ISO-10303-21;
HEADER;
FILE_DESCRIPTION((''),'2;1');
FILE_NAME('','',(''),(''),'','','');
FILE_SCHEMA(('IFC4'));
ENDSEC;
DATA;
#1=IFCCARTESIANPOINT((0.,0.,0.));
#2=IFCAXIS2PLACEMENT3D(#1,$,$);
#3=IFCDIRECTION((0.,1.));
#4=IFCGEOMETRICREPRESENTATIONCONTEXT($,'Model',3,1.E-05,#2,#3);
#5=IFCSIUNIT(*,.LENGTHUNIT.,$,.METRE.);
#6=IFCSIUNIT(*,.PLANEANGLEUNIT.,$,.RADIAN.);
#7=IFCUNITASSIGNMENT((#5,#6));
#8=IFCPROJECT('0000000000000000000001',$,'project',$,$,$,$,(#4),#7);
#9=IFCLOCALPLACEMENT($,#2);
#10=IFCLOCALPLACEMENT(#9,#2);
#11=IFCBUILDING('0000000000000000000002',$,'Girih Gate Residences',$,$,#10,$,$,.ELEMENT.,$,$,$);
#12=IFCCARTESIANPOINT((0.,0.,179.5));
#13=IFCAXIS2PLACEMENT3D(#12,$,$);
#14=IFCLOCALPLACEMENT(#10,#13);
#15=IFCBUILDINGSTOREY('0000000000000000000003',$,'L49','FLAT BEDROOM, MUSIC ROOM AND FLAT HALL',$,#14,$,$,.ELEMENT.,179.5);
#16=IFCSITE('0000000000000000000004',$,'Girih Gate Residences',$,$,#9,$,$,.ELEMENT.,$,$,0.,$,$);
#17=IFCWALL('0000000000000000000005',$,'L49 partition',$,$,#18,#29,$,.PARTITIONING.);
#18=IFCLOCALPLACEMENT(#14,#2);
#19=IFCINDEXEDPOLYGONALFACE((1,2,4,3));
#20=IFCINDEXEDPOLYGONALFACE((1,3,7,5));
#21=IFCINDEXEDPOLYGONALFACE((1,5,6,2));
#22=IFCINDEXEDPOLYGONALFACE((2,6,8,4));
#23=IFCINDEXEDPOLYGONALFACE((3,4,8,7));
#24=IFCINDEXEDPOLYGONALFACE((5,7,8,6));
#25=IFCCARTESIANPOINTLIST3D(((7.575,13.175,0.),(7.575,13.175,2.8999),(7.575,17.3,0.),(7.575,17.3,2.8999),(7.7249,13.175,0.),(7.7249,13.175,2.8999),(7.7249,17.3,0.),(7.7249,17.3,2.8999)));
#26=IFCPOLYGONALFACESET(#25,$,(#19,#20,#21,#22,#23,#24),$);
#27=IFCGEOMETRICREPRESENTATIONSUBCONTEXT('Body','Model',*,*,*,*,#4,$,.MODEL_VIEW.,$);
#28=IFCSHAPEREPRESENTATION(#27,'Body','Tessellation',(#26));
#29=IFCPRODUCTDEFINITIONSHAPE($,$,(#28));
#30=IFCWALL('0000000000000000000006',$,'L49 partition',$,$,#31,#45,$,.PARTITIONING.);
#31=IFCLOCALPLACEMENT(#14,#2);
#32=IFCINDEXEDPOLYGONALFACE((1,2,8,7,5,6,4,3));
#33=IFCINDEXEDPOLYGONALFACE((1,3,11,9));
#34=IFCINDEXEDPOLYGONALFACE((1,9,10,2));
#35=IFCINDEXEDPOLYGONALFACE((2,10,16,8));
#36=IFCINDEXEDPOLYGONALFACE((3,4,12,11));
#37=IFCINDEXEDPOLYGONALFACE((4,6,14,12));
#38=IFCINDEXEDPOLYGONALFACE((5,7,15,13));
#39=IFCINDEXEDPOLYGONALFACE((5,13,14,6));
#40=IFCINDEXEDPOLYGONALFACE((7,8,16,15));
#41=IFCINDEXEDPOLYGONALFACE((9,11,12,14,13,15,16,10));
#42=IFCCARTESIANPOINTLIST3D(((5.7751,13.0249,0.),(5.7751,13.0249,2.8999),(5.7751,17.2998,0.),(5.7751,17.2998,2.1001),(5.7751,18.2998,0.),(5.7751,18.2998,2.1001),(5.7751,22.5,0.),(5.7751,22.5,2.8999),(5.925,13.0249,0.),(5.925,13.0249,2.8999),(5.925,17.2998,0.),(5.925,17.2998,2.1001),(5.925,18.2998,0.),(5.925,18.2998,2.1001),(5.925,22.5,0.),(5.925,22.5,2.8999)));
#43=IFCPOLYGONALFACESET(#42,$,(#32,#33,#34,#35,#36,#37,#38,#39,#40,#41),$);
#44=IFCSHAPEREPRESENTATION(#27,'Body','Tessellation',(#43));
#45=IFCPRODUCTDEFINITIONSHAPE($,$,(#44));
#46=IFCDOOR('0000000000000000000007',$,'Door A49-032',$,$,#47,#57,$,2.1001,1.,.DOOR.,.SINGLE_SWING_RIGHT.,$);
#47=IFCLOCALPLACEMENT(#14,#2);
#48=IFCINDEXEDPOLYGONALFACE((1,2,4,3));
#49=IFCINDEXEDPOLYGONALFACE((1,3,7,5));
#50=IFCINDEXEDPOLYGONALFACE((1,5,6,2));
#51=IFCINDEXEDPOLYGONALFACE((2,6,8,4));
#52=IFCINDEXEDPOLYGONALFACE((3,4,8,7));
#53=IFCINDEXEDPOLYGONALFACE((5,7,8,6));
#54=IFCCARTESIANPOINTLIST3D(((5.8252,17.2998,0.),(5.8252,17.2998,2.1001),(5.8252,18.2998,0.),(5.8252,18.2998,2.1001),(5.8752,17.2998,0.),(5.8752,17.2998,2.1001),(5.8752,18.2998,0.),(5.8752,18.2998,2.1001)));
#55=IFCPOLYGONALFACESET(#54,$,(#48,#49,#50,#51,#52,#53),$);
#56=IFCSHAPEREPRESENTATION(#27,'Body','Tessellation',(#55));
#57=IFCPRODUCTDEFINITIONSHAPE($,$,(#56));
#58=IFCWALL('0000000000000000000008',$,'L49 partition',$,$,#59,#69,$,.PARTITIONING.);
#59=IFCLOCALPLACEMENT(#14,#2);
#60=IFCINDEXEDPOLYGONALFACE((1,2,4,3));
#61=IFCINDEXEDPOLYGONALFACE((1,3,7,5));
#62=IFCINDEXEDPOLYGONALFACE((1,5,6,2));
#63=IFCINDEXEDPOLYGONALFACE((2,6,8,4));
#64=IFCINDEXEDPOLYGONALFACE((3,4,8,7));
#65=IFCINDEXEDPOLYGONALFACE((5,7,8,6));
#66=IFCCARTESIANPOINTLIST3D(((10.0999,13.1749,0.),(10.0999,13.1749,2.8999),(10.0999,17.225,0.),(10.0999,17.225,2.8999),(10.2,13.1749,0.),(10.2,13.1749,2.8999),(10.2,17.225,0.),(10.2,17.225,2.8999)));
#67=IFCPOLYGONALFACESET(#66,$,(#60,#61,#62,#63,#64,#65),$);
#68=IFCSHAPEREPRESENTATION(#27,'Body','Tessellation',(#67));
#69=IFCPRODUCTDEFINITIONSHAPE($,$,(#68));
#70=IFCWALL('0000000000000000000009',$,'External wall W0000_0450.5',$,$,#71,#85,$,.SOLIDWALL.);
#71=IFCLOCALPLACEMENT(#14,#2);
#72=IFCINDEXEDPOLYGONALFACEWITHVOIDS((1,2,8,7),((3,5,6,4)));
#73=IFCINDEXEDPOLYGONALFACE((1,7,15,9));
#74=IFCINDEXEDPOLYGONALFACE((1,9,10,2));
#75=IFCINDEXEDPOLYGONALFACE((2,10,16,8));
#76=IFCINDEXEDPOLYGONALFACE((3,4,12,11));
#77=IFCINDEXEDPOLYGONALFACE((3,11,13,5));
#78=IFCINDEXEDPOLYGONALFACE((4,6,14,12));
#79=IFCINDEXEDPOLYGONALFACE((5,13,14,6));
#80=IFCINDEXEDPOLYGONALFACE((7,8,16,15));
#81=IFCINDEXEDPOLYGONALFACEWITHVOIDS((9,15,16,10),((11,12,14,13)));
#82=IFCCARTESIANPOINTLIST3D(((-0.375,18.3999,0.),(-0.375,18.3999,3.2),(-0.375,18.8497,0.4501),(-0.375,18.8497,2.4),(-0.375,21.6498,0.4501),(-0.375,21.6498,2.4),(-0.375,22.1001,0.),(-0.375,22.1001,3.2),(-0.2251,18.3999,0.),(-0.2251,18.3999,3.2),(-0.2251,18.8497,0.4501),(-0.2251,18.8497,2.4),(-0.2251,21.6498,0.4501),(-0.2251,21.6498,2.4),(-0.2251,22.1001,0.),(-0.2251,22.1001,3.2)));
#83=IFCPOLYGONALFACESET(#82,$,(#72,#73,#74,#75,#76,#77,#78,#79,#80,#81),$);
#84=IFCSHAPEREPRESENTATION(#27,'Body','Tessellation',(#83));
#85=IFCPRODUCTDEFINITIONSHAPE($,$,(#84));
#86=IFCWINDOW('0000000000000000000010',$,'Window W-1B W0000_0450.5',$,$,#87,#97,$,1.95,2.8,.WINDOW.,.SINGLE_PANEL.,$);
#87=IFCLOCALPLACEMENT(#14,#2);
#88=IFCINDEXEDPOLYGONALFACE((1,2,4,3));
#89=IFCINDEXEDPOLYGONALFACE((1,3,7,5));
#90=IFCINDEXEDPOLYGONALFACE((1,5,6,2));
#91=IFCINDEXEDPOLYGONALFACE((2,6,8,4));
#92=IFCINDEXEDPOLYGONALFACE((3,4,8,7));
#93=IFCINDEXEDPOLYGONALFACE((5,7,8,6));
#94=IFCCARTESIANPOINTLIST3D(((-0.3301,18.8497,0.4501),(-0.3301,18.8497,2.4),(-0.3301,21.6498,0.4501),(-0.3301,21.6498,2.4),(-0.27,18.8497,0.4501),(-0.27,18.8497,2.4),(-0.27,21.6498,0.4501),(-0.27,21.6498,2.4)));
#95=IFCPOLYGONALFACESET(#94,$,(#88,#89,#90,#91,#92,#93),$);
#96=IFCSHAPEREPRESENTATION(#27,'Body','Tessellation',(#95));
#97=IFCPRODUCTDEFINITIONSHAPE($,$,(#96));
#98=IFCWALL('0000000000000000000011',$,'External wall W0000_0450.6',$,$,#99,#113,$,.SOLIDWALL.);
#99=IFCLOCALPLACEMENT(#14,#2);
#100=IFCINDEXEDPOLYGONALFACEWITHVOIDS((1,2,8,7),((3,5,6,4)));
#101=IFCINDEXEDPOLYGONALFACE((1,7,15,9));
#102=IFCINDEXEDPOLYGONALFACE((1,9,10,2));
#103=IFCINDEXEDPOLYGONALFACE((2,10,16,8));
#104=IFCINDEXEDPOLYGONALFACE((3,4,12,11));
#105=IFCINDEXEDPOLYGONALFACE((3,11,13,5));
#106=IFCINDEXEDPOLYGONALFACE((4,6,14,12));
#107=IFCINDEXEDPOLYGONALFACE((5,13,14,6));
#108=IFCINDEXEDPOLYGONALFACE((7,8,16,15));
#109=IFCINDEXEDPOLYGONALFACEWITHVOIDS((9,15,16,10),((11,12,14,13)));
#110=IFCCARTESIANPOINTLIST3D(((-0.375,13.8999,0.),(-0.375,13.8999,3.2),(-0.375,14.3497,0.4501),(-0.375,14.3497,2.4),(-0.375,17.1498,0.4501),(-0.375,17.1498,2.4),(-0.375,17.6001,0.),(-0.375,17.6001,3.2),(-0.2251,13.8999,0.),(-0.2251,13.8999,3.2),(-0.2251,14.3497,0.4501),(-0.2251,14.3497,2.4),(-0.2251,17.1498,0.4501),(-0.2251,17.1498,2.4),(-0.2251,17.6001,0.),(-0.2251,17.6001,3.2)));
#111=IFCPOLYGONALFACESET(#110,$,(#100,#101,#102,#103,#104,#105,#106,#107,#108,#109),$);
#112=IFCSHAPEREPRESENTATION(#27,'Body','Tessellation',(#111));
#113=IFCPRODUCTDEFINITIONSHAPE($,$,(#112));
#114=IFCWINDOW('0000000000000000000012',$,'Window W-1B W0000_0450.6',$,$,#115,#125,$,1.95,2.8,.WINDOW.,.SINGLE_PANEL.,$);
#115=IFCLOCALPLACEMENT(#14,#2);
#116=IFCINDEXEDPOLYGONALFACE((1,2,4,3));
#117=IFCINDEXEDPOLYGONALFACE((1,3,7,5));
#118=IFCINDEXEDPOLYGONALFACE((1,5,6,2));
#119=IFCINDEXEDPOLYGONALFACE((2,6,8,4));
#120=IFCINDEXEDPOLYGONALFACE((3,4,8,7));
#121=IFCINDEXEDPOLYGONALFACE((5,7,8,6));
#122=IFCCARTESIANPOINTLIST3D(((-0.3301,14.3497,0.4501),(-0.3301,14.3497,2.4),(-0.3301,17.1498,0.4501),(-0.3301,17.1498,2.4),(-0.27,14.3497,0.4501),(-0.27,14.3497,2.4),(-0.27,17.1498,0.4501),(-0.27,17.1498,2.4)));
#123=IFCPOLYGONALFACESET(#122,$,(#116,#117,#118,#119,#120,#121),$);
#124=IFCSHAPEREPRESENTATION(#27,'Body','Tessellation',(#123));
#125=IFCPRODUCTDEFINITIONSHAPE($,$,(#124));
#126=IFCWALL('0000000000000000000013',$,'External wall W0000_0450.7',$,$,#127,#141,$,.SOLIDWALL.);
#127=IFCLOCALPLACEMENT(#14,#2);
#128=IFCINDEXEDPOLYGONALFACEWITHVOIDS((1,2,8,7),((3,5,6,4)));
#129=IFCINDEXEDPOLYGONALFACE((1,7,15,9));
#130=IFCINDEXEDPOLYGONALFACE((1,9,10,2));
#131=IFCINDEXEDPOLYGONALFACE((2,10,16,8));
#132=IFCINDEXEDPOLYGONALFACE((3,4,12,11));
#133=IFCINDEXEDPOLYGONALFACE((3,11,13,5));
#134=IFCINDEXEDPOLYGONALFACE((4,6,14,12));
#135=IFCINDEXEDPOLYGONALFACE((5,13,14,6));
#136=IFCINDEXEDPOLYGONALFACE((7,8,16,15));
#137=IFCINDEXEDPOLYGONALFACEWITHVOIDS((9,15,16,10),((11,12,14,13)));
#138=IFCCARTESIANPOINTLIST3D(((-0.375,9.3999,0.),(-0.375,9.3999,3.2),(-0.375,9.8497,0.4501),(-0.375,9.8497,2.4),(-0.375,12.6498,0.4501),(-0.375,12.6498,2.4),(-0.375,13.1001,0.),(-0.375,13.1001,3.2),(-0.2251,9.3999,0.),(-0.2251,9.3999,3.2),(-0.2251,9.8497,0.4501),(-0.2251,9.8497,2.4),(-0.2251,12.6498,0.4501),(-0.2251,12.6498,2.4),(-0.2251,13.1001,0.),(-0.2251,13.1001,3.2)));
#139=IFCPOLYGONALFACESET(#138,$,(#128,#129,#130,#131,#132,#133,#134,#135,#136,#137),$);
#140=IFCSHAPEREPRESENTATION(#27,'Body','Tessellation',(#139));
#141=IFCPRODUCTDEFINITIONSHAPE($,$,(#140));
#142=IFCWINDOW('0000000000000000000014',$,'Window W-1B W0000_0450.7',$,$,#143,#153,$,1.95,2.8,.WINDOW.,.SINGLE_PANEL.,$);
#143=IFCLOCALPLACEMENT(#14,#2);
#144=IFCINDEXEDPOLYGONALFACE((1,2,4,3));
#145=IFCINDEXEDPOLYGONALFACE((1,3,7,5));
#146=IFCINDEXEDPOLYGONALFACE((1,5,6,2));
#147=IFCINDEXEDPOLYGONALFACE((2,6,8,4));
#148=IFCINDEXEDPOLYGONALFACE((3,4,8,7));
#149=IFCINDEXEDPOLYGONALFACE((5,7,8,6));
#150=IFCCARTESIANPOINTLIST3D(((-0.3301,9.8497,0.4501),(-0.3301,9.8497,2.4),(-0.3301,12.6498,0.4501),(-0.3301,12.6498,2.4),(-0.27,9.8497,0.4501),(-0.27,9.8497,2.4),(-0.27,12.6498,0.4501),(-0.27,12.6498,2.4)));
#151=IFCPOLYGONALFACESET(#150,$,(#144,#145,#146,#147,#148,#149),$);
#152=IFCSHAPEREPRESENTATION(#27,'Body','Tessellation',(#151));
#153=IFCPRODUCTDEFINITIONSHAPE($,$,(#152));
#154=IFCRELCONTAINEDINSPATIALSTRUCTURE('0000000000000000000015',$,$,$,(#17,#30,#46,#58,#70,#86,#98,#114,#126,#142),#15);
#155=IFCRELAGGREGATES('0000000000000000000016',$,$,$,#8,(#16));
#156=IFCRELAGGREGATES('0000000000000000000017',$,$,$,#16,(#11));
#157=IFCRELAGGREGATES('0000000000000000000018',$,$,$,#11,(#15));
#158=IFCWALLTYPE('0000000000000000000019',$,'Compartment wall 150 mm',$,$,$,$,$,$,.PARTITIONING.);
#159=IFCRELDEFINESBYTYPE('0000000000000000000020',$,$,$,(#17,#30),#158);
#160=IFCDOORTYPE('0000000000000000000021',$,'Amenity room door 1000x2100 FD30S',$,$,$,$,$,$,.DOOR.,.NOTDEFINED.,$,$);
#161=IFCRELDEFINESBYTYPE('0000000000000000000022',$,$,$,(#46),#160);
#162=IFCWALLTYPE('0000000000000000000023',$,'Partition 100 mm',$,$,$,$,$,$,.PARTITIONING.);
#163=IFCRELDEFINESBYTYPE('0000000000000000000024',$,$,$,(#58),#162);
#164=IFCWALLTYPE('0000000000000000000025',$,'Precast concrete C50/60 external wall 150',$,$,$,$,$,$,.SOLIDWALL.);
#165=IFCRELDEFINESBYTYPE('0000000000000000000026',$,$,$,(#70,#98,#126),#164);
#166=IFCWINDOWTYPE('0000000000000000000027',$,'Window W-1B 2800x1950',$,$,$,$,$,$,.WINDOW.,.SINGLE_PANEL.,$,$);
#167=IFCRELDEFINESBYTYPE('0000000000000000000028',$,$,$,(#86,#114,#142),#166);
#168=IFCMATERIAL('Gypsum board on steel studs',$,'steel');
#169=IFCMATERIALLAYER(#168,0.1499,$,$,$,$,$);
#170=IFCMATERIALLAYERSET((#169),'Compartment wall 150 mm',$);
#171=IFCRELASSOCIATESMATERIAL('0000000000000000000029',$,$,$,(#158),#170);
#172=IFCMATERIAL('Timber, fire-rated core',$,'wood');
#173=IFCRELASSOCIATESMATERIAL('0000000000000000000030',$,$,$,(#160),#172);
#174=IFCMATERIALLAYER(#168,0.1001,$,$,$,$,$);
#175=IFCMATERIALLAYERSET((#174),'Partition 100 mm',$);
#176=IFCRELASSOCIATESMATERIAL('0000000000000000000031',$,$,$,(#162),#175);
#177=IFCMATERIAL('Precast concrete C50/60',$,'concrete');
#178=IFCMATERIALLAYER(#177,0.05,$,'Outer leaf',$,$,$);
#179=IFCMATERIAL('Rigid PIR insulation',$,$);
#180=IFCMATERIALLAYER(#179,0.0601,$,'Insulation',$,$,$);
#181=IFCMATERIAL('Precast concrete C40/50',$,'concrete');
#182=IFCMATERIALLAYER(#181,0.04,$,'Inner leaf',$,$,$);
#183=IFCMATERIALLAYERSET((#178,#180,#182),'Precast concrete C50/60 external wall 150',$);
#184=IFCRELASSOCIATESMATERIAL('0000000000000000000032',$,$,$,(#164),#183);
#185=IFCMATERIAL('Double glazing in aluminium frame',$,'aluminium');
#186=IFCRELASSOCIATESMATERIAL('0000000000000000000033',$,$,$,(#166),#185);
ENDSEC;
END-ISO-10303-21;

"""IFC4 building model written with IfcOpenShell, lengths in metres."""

from ifc_helpers import new_model, si_unit, direction, frame, frame_2d, origin, place, context, subcontext, project, spatial, rectangle, extrude, material, layer, layer_set, type_object, element, fill, save


model = new_model("IFC4")

# Units and contexts
model_context = context("Model", 3, precision=1e-05, world=origin(), true_north=direction((0.0, 1.0)))
body_context = subcontext(model_context, "Body", "Model", "MODEL_VIEW")
ifc_project = project(units=[si_unit("LENGTHUNIT", "METRE"), si_unit("PLANEANGLEUNIT", "RADIAN")], contexts=[model_context])

# Site, building, storey
site_placement = place(None, origin())
site = spatial("IfcSite", under=ifc_project, at=site_placement, Name="Girih Gate Residences", CompositionType="ELEMENT", RefElevation=0.0)
building_placement = place(site_placement, origin())
building = spatial("IfcBuilding", under=site, at=building_placement, Name="Girih Gate Residences", CompositionType="ELEMENT")
storey_placement = place(building_placement, frame((0.0, 0.0, 179.5)))
storey = spatial("IfcBuildingStorey", under=building, at=storey_placement, Name="L49", Description="FLAT BEDROOM, MUSIC ROOM AND FLAT HALL", CompositionType="ELEMENT", Elevation=179.5)

# Shared definitions
ifc_material_1 = material(Name="Gypsum board on steel studs", Category="steel")
ifc_layer_1 = layer(ifc_material_1, 0.1499)
ifc_layer_set_1 = layer_set([ifc_layer_1], Name="Compartment wall 150 mm")
wall_type_1 = type_object("IfcWallType", Name="Compartment wall 150 mm", PredefinedType="PARTITIONING", material=ifc_layer_set_1)

# Wall
wall_1_placement = place(storey_placement, frame((7.6499, 13.175, 0.0), z_axis=(0.0, 0.0, 1.0), x_axis=(0.0, 1.0, 0.0)))
element("IfcWall", 1, at=wall_1_placement, inside=storey, type_object=wall_type_1, Name="L49 partition", PredefinedType="PARTITIONING", context=body_context, shape_type="SweptSolid", body=[
    extrude(rectangle(XDim=4.125, YDim=0.1499, at=frame_2d((2.0625, 0.0))), origin(), (0.0, 0.0, 1.0), 2.8999),
])

# Wall, opening, door
wall_2_placement = place(storey_placement, frame((5.8501, 13.0249, 0.0), z_axis=(0.0, 0.0, 1.0), x_axis=(0.0, 1.0, 0.0)))
wall_2 = element("IfcWall", 2, at=wall_2_placement, inside=storey, type_object=wall_type_1, Name="L49 partition", PredefinedType="PARTITIONING", context=body_context, shape_type="SweptSolid", body=[
    extrude(rectangle(XDim=9.4751, YDim=0.1499, at=frame_2d((4.7375, 0.0))), origin(), (0.0, 0.0, 1.0), 2.8999),
])
opening_1_placement = place(wall_2_placement, frame((4.2749, 0.0, 0.0)))
opening_1 = element("IfcOpeningElement", 3, at=opening_1_placement, cuts=wall_2, PredefinedType="OPENING", context=body_context, shape_type="SweptSolid", body=[
    extrude(rectangle(XDim=1.0, YDim=2.1001, at=frame_2d((0.5, 1.05))), frame((0.0, 0.085, 0.0), z_axis=(0.0, -1.0, 0.0), x_axis=(1.0, 0.0, 0.0)), (0.0, 0.0, 1.0), 0.1699),
])
ifc_material_2 = material(Name="Timber, fire-rated core", Category="wood")
door_type_1 = type_object("IfcDoorType", Name="Amenity room door 1000x2100 FD30S", OperationType="NOTDEFINED", PredefinedType="DOOR", material=ifc_material_2)
door_1_placement = place(opening_1_placement, origin())
door_1 = element("IfcDoor", 4, at=door_1_placement, inside=storey, type_object=door_type_1, Name="Door A49-032", OperationType="SINGLE_SWING_RIGHT", OverallHeight=2.1001, OverallWidth=1.0, PredefinedType="DOOR", context=body_context, shape_type="SweptSolid", body=[
    extrude(rectangle(XDim=1.0, YDim=2.1001, at=frame_2d((0.5, 1.05))), frame((0.0, 0.0249, 0.0), z_axis=(0.0, -1.0, 0.0), x_axis=(1.0, 0.0, 0.0)), (0.0, 0.0, 1.0), 0.05),
])
fill(opening_1, door_1)

# Wall
ifc_layer_2 = layer(ifc_material_1, 0.1001)
ifc_layer_set_2 = layer_set([ifc_layer_2], Name="Partition 100 mm")
wall_type_2 = type_object("IfcWallType", Name="Partition 100 mm", PredefinedType="PARTITIONING", material=ifc_layer_set_2)
wall_3_placement = place(storey_placement, frame((10.1499, 13.175, 0.0), z_axis=(0.0, 0.0, 1.0), x_axis=(0.0, 1.0, 0.0)))
element("IfcWall", 5, at=wall_3_placement, inside=storey, type_object=wall_type_2, Name="L49 partition", PredefinedType="PARTITIONING", context=body_context, shape_type="SweptSolid", body=[
    extrude(rectangle(XDim=4.05, YDim=0.1001, at=frame_2d((2.0249, 0.0))), origin(), (0.0, 0.0, 1.0), 2.8999),
])

# Walls, openings, windows
ifc_material_3 = material(Name="Precast concrete C50/60", Category="concrete")
ifc_layer_3 = layer(ifc_material_3, 0.05, Name="Outer leaf")
ifc_material_4 = material(Name="Rigid PIR insulation")
ifc_layer_4 = layer(ifc_material_4, 0.0601, Name="Insulation")
ifc_material_5 = material(Name="Precast concrete C40/50", Category="concrete")
ifc_layer_5 = layer(ifc_material_5, 0.04, Name="Inner leaf")
ifc_layer_set_3 = layer_set([ifc_layer_3, ifc_layer_4, ifc_layer_5], Name="Precast concrete C50/60 external wall 150")
wall_type_3 = type_object("IfcWallType", Name="Precast concrete C50/60 external wall 150", PredefinedType="SOLIDWALL", material=ifc_layer_set_3)
wall_4_placement = place(storey_placement, frame((-0.3, 18.3999, 0.0), z_axis=(0.0, 0.0, 1.0), x_axis=(0.0, 1.0, 0.0)))
wall_4 = element("IfcWall", 6, at=wall_4_placement, inside=storey, type_object=wall_type_3, Name="External wall W0000_0450.5", PredefinedType="SOLIDWALL", context=body_context, shape_type="SweptSolid", body=[
    extrude(rectangle(XDim=3.7002, YDim=0.1499, at=frame_2d((1.8501, 0.0))), origin(), (0.0, 0.0, 1.0), 3.2),
])
opening_2_placement = place(wall_4_placement, frame((0.45, 0.0, 0.45)))
opening_2 = element("IfcOpeningElement", 7, at=opening_2_placement, cuts=wall_4, PredefinedType="OPENING", context=body_context, shape_type="SweptSolid", body=[
    extrude(rectangle(XDim=2.8, YDim=1.95, at=frame_2d((1.3999, 0.9751))), frame((0.0, 0.085, 0.0), z_axis=(0.0, -1.0, 0.0), x_axis=(1.0, 0.0, 0.0)), (0.0, 0.0, 1.0), 0.1699),
])
ifc_material_6 = material(Name="Double glazing in aluminium frame", Category="aluminium")
window_type = type_object("IfcWindowType", Name="Window W-1B 2800x1950", PartitioningType="SINGLE_PANEL", PredefinedType="WINDOW", material=ifc_material_6)
window_1_placement = place(opening_2_placement, origin())
window_1 = element("IfcWindow", 8, at=window_1_placement, inside=storey, type_object=window_type, Name="Window W-1B W0000_0450.5", OverallHeight=1.95, OverallWidth=2.8, PartitioningType="SINGLE_PANEL", PredefinedType="WINDOW", context=body_context, shape_type="SweptSolid", body=[
    extrude(rectangle(XDim=2.8, YDim=1.95, at=frame_2d((1.3999, 0.9751))), frame((0.0, 0.03, 0.0), z_axis=(0.0, -1.0, 0.0), x_axis=(1.0, 0.0, 0.0)), (0.0, 0.0, 1.0), 0.0601),
])
fill(opening_2, window_1)
wall_5_placement = place(storey_placement, frame((-0.3, 13.8999, 0.0), z_axis=(0.0, 0.0, 1.0), x_axis=(0.0, 1.0, 0.0)))
wall_5 = element("IfcWall", 9, at=wall_5_placement, inside=storey, type_object=wall_type_3, Name="External wall W0000_0450.6", PredefinedType="SOLIDWALL", context=body_context, shape_type="SweptSolid", body=[
    extrude(rectangle(XDim=3.7002, YDim=0.1499, at=frame_2d((1.8501, 0.0))), origin(), (0.0, 0.0, 1.0), 3.2),
])
opening_3_placement = place(wall_5_placement, frame((0.45, 0.0, 0.45)))
opening_3 = element("IfcOpeningElement", 10, at=opening_3_placement, cuts=wall_5, PredefinedType="OPENING", context=body_context, shape_type="SweptSolid", body=[
    extrude(rectangle(XDim=2.8, YDim=1.95, at=frame_2d((1.3999, 0.9751))), frame((0.0, 0.085, 0.0), z_axis=(0.0, -1.0, 0.0), x_axis=(1.0, 0.0, 0.0)), (0.0, 0.0, 1.0), 0.1699),
])
window_2_placement = place(opening_3_placement, origin())
window_2 = element("IfcWindow", 11, at=window_2_placement, inside=storey, type_object=window_type, Name="Window W-1B W0000_0450.6", OverallHeight=1.95, OverallWidth=2.8, PartitioningType="SINGLE_PANEL", PredefinedType="WINDOW", context=body_context, shape_type="SweptSolid", body=[
    extrude(rectangle(XDim=2.8, YDim=1.95, at=frame_2d((1.3999, 0.9751))), frame((0.0, 0.03, 0.0), z_axis=(0.0, -1.0, 0.0), x_axis=(1.0, 0.0, 0.0)), (0.0, 0.0, 1.0), 0.0601),
])
fill(opening_3, window_2)
wall_6_placement = place(storey_placement, frame((-0.3, 9.3999, 0.0), z_axis=(0.0, 0.0, 1.0), x_axis=(0.0, 1.0, 0.0)))
wall_6 = element("IfcWall", 12, at=wall_6_placement, inside=storey, type_object=wall_type_3, Name="External wall W0000_0450.7", PredefinedType="SOLIDWALL", context=body_context, shape_type="SweptSolid", body=[
    extrude(rectangle(XDim=3.7002, YDim=0.1499, at=frame_2d((1.8501, 0.0))), origin(), (0.0, 0.0, 1.0), 3.2),
])
opening_4_placement = place(wall_6_placement, frame((0.45, 0.0, 0.45)))
opening_4 = element("IfcOpeningElement", 13, at=opening_4_placement, cuts=wall_6, PredefinedType="OPENING", context=body_context, shape_type="SweptSolid", body=[
    extrude(rectangle(XDim=2.8, YDim=1.95, at=frame_2d((1.3999, 0.9751))), frame((0.0, 0.085, 0.0), z_axis=(0.0, -1.0, 0.0), x_axis=(1.0, 0.0, 0.0)), (0.0, 0.0, 1.0), 0.1699),
])
window_3_placement = place(opening_4_placement, origin())
window_3 = element("IfcWindow", 14, at=window_3_placement, inside=storey, type_object=window_type, Name="Window W-1B W0000_0450.7", OverallHeight=1.95, OverallWidth=2.8, PartitioningType="SINGLE_PANEL", PredefinedType="WINDOW", context=body_context, shape_type="SweptSolid", body=[
    extrude(rectangle(XDim=2.8, YDim=1.95, at=frame_2d((1.3999, 0.9751))), frame((0.0, 0.03, 0.0), z_axis=(0.0, -1.0, 0.0), x_axis=(1.0, 0.0, 0.0)), (0.0, 0.0, 1.0), 0.0601),
])
fill(opening_4, window_3)

save(model, "model.ifc")
